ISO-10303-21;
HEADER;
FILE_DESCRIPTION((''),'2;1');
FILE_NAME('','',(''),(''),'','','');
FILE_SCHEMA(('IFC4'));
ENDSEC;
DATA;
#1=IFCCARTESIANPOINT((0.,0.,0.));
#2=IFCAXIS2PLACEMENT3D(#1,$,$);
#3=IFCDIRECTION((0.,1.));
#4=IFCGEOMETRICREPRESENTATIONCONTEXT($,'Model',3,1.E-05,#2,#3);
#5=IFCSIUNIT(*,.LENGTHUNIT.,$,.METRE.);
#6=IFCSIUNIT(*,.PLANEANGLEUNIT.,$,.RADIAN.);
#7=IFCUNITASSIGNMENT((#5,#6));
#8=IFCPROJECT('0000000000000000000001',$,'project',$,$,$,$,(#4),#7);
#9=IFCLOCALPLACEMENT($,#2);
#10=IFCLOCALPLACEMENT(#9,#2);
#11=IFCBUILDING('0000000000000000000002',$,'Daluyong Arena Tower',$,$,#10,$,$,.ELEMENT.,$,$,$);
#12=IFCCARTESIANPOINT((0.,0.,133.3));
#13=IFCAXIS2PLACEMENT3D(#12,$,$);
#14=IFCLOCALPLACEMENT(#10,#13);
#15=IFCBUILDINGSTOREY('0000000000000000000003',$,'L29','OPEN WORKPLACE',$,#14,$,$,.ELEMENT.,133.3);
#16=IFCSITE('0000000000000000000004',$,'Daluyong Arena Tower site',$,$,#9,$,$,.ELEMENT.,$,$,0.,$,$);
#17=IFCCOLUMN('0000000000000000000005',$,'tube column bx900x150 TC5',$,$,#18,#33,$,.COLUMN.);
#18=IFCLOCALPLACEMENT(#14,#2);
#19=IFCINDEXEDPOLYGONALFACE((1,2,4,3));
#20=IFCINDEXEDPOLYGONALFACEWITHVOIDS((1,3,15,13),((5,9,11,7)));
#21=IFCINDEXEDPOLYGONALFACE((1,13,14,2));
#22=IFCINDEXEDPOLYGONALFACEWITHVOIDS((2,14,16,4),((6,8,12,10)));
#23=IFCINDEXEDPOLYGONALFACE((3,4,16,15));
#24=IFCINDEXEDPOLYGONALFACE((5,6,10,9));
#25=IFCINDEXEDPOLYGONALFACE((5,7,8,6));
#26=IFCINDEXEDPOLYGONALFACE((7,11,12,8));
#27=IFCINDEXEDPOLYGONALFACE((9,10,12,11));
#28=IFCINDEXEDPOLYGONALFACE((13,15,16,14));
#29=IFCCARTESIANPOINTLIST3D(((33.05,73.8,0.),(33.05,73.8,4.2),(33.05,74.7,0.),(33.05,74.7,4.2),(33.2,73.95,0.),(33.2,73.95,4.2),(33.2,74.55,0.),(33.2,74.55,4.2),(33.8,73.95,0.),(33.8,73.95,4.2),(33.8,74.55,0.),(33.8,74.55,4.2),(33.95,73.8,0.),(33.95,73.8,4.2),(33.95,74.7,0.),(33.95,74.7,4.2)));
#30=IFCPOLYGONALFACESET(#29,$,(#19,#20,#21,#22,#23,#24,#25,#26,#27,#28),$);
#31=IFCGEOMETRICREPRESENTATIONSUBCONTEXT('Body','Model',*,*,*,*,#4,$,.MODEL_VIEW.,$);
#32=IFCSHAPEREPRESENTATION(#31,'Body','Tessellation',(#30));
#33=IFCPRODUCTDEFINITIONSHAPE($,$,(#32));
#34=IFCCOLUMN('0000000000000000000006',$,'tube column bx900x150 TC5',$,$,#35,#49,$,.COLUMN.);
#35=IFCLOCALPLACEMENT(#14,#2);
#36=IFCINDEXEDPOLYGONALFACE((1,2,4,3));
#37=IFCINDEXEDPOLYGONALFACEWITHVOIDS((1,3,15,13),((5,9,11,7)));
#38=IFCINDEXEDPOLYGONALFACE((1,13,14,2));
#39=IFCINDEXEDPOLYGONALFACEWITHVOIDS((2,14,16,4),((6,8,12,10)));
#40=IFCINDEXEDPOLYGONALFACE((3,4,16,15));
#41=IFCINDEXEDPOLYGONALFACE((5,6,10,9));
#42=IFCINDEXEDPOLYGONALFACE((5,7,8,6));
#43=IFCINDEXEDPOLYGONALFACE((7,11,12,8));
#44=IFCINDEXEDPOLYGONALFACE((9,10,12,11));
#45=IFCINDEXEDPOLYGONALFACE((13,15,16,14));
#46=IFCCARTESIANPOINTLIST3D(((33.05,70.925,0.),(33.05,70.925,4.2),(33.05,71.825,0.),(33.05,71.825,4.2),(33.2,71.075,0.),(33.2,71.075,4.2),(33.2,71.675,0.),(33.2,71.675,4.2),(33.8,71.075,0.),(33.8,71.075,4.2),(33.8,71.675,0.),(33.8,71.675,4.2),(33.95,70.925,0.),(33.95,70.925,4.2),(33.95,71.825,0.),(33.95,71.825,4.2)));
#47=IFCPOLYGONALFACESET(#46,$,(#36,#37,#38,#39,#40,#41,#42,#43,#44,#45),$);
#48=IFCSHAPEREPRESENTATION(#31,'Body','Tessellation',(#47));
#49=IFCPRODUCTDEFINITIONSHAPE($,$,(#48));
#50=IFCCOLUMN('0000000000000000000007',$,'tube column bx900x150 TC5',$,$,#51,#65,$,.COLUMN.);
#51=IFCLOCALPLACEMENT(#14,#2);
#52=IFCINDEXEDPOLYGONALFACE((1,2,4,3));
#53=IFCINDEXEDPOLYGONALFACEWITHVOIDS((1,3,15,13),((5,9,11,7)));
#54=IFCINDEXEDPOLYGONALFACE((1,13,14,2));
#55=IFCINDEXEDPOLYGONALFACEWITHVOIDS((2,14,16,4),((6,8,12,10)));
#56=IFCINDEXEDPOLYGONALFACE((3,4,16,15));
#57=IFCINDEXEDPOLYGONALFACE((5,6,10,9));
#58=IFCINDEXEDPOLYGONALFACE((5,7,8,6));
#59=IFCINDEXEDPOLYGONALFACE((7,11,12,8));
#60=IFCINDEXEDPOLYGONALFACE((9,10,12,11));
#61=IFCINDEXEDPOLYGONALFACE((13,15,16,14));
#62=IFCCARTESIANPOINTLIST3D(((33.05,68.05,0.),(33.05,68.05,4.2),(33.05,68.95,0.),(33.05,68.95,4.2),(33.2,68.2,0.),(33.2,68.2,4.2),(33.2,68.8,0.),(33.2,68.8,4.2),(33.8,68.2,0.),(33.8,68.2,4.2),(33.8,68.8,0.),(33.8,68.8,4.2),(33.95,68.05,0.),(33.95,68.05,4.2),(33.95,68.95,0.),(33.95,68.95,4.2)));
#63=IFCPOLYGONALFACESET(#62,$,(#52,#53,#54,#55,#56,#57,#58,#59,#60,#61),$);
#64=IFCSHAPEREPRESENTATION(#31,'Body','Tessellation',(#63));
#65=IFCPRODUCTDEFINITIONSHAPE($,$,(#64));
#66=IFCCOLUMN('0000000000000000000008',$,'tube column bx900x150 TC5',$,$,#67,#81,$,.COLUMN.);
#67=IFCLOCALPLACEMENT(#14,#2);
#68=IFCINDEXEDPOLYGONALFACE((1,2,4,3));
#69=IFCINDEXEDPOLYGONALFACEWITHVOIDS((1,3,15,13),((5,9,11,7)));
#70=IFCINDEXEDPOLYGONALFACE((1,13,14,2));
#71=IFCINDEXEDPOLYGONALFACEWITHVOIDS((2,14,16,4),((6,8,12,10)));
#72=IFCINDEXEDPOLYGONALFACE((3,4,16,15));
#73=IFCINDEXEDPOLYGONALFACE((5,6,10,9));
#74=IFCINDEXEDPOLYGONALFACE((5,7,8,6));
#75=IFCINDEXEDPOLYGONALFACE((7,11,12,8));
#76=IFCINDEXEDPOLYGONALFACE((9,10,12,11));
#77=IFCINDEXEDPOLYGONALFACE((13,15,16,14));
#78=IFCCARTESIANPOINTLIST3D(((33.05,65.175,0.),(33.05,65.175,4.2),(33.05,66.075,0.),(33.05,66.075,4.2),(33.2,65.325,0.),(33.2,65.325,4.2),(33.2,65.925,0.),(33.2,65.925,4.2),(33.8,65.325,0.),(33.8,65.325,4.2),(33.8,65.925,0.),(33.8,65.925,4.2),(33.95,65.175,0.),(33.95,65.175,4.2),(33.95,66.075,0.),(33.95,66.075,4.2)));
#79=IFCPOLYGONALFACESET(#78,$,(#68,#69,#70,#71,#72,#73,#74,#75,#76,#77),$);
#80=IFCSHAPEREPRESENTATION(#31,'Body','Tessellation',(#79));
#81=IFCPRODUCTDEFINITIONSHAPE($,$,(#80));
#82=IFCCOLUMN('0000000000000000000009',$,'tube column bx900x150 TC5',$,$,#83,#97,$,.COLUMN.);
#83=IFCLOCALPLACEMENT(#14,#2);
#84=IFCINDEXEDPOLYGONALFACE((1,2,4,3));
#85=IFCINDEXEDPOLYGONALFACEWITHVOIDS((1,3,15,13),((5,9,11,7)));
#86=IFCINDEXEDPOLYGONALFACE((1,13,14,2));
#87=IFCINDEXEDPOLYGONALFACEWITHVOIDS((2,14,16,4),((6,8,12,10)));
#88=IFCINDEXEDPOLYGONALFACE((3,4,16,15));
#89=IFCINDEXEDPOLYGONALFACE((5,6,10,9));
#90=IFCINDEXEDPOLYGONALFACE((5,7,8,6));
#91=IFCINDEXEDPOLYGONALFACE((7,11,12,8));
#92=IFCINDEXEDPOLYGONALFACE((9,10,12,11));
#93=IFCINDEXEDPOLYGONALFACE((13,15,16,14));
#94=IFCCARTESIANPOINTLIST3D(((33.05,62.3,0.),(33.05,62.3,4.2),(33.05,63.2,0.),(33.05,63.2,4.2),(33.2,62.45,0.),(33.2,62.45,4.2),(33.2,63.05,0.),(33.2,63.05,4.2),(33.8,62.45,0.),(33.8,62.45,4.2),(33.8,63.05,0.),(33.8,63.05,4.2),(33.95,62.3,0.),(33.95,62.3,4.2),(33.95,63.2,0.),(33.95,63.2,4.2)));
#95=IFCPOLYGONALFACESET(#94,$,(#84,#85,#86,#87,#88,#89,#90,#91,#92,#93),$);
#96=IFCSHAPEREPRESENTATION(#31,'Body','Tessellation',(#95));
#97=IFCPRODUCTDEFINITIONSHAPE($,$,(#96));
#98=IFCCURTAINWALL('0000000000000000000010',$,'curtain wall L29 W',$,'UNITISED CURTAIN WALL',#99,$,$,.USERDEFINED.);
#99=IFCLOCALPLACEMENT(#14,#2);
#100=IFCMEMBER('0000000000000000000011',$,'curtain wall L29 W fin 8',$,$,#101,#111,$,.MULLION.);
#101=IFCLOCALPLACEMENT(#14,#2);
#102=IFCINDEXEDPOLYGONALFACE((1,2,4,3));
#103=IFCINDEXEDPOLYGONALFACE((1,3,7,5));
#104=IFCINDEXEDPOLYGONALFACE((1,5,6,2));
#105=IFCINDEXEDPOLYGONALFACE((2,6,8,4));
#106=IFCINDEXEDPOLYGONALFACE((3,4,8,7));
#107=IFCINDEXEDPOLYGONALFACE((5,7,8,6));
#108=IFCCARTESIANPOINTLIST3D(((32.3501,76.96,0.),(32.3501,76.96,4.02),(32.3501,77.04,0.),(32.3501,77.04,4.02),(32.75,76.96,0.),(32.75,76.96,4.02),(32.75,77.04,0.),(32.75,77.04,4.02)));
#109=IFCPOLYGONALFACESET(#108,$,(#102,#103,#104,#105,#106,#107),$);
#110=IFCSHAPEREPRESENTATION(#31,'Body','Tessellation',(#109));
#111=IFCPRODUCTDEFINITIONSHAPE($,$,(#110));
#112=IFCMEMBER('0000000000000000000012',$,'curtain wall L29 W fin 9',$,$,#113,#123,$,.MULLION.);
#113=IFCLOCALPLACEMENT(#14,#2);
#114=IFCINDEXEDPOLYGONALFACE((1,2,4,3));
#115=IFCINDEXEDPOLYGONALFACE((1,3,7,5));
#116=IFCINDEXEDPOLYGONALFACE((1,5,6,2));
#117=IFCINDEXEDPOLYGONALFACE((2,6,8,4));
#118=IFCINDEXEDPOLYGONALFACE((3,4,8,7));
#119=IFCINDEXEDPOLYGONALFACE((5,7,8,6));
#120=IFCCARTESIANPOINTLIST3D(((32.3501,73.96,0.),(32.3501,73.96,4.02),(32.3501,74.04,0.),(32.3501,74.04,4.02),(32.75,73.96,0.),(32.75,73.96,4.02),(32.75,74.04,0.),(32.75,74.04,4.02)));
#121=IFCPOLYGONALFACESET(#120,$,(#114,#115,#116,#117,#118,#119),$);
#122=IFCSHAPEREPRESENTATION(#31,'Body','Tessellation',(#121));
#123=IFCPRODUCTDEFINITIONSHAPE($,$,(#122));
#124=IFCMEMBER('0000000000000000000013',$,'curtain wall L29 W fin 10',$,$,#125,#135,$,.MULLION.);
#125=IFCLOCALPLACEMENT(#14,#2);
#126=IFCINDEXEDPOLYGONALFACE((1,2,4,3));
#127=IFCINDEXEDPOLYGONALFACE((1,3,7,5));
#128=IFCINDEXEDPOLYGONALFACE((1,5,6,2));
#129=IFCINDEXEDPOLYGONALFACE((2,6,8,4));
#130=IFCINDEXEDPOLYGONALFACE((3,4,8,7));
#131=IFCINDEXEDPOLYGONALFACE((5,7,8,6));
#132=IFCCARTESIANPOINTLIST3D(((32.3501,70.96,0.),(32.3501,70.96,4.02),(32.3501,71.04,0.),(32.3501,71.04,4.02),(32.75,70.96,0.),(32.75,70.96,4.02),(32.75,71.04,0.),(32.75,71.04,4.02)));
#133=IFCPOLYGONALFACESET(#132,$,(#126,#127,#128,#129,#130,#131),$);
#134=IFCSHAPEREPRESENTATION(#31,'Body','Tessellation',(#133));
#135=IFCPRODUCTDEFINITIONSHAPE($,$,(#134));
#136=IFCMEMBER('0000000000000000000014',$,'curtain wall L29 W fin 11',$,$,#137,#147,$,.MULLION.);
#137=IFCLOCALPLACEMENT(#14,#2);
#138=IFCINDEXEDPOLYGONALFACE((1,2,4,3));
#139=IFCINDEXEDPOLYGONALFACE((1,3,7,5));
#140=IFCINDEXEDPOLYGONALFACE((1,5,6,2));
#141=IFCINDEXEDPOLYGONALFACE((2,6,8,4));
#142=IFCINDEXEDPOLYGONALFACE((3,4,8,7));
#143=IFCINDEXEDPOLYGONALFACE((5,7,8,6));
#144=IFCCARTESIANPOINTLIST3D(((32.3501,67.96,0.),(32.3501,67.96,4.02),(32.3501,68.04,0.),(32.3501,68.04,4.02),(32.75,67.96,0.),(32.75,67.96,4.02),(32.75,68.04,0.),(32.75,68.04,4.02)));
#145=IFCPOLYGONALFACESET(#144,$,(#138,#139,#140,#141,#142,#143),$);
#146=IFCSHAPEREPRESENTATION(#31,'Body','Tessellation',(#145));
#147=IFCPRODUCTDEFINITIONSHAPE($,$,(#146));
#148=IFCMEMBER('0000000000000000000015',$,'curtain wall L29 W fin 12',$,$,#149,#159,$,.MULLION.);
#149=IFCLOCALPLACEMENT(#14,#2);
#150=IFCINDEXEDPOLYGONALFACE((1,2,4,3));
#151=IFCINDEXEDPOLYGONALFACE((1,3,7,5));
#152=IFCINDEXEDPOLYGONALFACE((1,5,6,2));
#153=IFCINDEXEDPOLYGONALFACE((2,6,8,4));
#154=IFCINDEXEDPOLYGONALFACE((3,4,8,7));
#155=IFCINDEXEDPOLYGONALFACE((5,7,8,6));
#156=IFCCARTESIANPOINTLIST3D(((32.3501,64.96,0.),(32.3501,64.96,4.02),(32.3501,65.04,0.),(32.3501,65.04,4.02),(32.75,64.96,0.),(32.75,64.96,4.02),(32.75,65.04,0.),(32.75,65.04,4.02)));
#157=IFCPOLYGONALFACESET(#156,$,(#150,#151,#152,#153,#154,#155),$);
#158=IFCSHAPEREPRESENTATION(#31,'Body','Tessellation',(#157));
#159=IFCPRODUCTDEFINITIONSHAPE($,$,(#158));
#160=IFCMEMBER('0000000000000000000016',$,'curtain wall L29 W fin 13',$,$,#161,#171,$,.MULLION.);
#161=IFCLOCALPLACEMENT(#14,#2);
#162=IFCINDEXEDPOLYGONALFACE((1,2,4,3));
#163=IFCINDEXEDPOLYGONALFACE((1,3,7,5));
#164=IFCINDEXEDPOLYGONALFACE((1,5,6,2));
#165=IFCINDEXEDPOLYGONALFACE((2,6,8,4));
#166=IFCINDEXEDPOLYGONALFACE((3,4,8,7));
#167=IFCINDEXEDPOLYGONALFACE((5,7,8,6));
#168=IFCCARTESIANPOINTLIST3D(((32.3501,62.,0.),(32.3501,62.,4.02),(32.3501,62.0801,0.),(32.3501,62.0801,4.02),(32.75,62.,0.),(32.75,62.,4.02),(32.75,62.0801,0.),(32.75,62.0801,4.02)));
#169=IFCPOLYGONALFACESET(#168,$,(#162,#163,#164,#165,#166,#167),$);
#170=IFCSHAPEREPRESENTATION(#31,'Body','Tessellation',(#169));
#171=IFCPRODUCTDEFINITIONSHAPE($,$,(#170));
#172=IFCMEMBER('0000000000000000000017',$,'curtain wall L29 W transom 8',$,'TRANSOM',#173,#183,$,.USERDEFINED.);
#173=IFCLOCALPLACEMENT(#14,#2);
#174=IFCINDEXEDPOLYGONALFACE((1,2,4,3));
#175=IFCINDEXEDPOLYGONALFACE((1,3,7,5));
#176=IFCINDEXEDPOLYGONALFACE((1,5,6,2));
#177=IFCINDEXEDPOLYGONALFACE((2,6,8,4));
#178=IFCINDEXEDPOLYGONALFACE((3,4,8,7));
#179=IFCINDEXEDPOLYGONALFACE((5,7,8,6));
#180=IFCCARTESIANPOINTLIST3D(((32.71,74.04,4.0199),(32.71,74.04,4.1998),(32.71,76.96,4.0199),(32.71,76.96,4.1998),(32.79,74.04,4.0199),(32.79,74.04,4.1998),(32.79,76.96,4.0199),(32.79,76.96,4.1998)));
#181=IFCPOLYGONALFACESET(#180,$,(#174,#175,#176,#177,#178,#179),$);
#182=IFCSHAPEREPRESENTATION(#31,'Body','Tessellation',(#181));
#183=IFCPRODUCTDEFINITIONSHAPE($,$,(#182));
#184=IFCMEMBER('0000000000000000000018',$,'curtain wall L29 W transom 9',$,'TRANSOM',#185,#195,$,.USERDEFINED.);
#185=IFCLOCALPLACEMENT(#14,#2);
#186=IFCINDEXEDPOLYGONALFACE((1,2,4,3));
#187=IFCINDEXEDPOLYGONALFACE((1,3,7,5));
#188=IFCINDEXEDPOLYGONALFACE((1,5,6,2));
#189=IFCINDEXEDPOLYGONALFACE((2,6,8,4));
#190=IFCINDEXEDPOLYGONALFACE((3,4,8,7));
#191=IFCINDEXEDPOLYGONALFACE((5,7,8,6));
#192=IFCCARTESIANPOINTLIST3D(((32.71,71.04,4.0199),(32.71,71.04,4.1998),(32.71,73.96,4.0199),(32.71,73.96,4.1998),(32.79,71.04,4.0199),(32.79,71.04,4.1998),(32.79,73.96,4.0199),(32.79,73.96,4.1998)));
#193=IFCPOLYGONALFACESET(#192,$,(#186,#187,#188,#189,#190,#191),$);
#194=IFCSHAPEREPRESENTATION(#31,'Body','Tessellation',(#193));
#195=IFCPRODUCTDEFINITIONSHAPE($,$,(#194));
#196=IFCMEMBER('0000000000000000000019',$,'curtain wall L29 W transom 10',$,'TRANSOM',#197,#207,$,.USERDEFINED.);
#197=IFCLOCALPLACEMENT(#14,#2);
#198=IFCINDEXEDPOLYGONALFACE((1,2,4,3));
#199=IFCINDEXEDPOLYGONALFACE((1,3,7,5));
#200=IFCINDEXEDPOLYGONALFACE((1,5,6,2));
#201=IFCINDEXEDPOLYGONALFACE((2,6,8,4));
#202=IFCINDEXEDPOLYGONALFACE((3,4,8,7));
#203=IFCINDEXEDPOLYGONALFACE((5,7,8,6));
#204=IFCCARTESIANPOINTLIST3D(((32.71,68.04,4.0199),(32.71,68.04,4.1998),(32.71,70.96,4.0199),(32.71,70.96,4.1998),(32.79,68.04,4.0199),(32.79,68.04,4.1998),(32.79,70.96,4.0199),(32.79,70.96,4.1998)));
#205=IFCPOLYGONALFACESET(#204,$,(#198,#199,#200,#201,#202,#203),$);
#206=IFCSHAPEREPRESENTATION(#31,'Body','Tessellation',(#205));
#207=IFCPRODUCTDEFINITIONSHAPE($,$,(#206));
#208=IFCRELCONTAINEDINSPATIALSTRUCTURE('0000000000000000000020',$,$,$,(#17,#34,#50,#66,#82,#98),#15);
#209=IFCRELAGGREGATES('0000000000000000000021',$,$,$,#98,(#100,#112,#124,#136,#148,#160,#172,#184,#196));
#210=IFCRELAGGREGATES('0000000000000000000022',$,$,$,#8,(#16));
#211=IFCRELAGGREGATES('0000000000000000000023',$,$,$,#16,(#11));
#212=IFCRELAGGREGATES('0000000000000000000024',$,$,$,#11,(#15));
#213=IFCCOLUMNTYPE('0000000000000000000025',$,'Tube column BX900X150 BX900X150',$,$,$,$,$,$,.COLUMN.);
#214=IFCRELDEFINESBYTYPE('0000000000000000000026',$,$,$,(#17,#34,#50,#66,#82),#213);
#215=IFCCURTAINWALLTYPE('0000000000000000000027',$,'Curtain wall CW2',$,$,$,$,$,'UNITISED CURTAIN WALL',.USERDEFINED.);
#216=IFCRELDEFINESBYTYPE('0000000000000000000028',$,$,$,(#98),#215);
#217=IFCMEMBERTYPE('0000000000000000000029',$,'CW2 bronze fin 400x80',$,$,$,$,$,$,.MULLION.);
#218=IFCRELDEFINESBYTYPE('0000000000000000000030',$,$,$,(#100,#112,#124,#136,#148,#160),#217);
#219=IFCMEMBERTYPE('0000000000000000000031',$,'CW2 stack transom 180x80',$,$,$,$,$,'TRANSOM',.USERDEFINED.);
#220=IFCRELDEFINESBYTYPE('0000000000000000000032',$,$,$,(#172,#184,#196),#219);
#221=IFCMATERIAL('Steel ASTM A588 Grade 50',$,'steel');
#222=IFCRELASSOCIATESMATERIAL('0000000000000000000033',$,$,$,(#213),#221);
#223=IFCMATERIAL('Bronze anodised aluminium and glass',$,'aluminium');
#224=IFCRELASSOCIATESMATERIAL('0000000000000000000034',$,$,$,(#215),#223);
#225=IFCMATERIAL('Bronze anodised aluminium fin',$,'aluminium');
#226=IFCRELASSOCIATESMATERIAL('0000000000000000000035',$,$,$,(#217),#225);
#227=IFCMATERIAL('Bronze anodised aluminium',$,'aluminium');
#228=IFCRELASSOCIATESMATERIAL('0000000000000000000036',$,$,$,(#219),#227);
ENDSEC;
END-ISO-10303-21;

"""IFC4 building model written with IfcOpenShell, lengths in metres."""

from ifc_helpers import new_model, si_unit, direction, frame, origin, origin_2d, place, context, subcontext, project, spatial, rectangle, hollow_rectangle, extrude, material, material_profile, profile_set, type_object, element, aggregate, save


model = new_model("IFC4")

# Units and contexts
model_context = context("Model", 3, precision=1e-05, world=origin(), true_north=direction((0.0, 1.0)))
body_context = subcontext(model_context, "Body", "Model", "MODEL_VIEW")
ifc_project = project(units=[si_unit("LENGTHUNIT", "METRE"), si_unit("PLANEANGLEUNIT", "RADIAN")], contexts=[model_context])

# Site, building, storey
site_placement = place(None, origin())
site = spatial("IfcSite", under=ifc_project, at=site_placement, Name="Daluyong Arena Tower site", CompositionType="ELEMENT", RefElevation=0.0)
building_placement = place(site_placement, origin())
building = spatial("IfcBuilding", under=site, at=building_placement, Name="Daluyong Arena Tower", CompositionType="ELEMENT")
storey_placement = place(building_placement, frame((0.0, 0.0, 133.3)))
storey = spatial("IfcBuildingStorey", under=building, at=storey_placement, Name="L29", Description="OPEN WORKPLACE", CompositionType="ELEMENT", Elevation=133.3)

# Columns
ifc_material_1 = material(Name="Steel ASTM A588 Grade 50", Category="steel")
ifc_material_profile_1 = material_profile(ifc_material_1, hollow_rectangle(XDim=0.8999, YDim=0.8999, WallThickness=0.15, at=origin_2d()))
ifc_profile_set_1 = profile_set([ifc_material_profile_1], Name="Steel ASTM A588 Grade 50")
column_type = type_object("IfcColumnType", Name="Tube column BX900X150 BX900X150", PredefinedType="COLUMN", material=ifc_profile_set_1)
for number, where, z_axis, x_axis, name in (
    (1, (33.5, 74.25, 0.0), (0.0, 0.0, 1.0), (0.0, 1.0, 0.0), "tube column bx900x150 TC5"),
    (2, (33.5, 71.375, 0.0), (0.0, 0.0, 1.0), (0.0, 1.0, 0.0), "tube column bx900x150 TC5"),
    (3, (33.5, 68.5, 0.0), (0.0, 0.0, 1.0), (0.0, 1.0, 0.0), "tube column bx900x150 TC5"),
    (4, (33.5, 65.625, 0.0), (0.0, 0.0, 1.0), (0.0, 1.0, 0.0), "tube column bx900x150 TC5"),
    (5, (33.5, 62.75, 0.0), (0.0, 0.0, 1.0), (1.0, 0.0, 0.0), "tube column bx900x150 TC5"),
):
    element("IfcColumn", number, at=place(storey_placement, frame(where, z_axis=z_axis, x_axis=x_axis)), inside=storey, type_object=column_type, Name=name, PredefinedType="COLUMN", context=body_context, shape_type="SweptSolid", body=[
        extrude(hollow_rectangle(XDim=0.8999, YDim=0.8999, WallThickness=0.15, at=origin_2d()), origin(), (0.0, 0.0, 1.0), 4.2),
    ])

# Curtain wall, members
ifc_material_2 = material(Name="Bronze anodised aluminium and glass", Category="aluminium")
curtain_wall_type_1 = type_object("IfcCurtainWallType", Name="Curtain wall CW2", ElementType="UNITISED CURTAIN WALL", PredefinedType="USERDEFINED", material=ifc_material_2)
curtain_wall_1_placement = place(storey_placement, origin())
curtain_wall_1 = element("IfcCurtainWall", 6, at=curtain_wall_1_placement, inside=storey, type_object=curtain_wall_type_1, Name="curtain wall L29 W", ObjectType="UNITISED CURTAIN WALL", PredefinedType="USERDEFINED")
ifc_material_3 = material(Name="Bronze anodised aluminium fin", Category="aluminium")
ifc_material_profile_2 = material_profile(ifc_material_3, rectangle(XDim=0.3999, YDim=0.0801, at=origin_2d()))
ifc_profile_set_2 = profile_set([ifc_material_profile_2], Name="Bronze anodised aluminium fin")
member_type_1 = type_object("IfcMemberType", Name="CW2 bronze fin 400x80", PredefinedType="MULLION", material=ifc_profile_set_2)
member_1_placement = place(storey_placement, frame((32.55, 77.0, 0.0), z_axis=(0.0, 0.0, 1.0), x_axis=(1.0, 0.0, 0.0)))
member_1 = element("IfcMember", 7, at=member_1_placement, type_object=member_type_1, Name="curtain wall L29 W fin 8", PredefinedType="MULLION", context=body_context, shape_type="SweptSolid", body=[
    extrude(rectangle(XDim=0.3999, YDim=0.0801, at=origin_2d()), origin(), (0.0, 0.0, 1.0), 4.02),
])
member_2_placement = place(storey_placement, frame((32.55, 74.0, 0.0), z_axis=(0.0, 0.0, 1.0), x_axis=(1.0, 0.0, 0.0)))
member_2 = element("IfcMember", 8, at=member_2_placement, type_object=member_type_1, Name="curtain wall L29 W fin 9", PredefinedType="MULLION", context=body_context, shape_type="SweptSolid", body=[
    extrude(rectangle(XDim=0.3999, YDim=0.0801, at=origin_2d()), origin(), (0.0, 0.0, 1.0), 4.02),
])
member_3_placement = place(storey_placement, frame((32.55, 71.0, 0.0), z_axis=(0.0, 0.0, 1.0), x_axis=(1.0, 0.0, 0.0)))
member_3 = element("IfcMember", 9, at=member_3_placement, type_object=member_type_1, Name="curtain wall L29 W fin 10", PredefinedType="MULLION", context=body_context, shape_type="SweptSolid", body=[
    extrude(rectangle(XDim=0.3999, YDim=0.0801, at=origin_2d()), origin(), (0.0, 0.0, 1.0), 4.02),
])
member_4_placement = place(storey_placement, frame((32.55, 68.0, 0.0), z_axis=(0.0, 0.0, 1.0), x_axis=(1.0, 0.0, 0.0)))
member_4 = element("IfcMember", 10, at=member_4_placement, type_object=member_type_1, Name="curtain wall L29 W fin 11", PredefinedType="MULLION", context=body_context, shape_type="SweptSolid", body=[
    extrude(rectangle(XDim=0.3999, YDim=0.0801, at=origin_2d()), origin(), (0.0, 0.0, 1.0), 4.02),
])
member_5_placement = place(storey_placement, frame((32.55, 65.0, 0.0), z_axis=(0.0, 0.0, 1.0), x_axis=(1.0, 0.0, 0.0)))
member_5 = element("IfcMember", 11, at=member_5_placement, type_object=member_type_1, Name="curtain wall L29 W fin 12", PredefinedType="MULLION", context=body_context, shape_type="SweptSolid", body=[
    extrude(rectangle(XDim=0.3999, YDim=0.0801, at=origin_2d()), origin(), (0.0, 0.0, 1.0), 4.02),
])
member_6_placement = place(storey_placement, frame((32.55, 62.04, 0.0), z_axis=(0.0, 0.0, 1.0), x_axis=(1.0, 0.0, 0.0)))
member_6 = element("IfcMember", 12, at=member_6_placement, type_object=member_type_1, Name="curtain wall L29 W fin 13", PredefinedType="MULLION", context=body_context, shape_type="SweptSolid", body=[
    extrude(rectangle(XDim=0.3999, YDim=0.0801, at=origin_2d()), origin(), (0.0, 0.0, 1.0), 4.02),
])
ifc_material_4 = material(Name="Bronze anodised aluminium", Category="aluminium")
ifc_material_profile_3 = material_profile(ifc_material_4, rectangle(XDim=0.0801, YDim=0.1799, at=origin_2d()))
ifc_profile_set_3 = profile_set([ifc_material_profile_3], Name="Bronze anodised aluminium")
member_type_2 = type_object("IfcMemberType", Name="CW2 stack transom 180x80", ElementType="TRANSOM", PredefinedType="USERDEFINED", material=ifc_profile_set_3)
member_7_placement = place(storey_placement, frame((32.75, 76.96, 4.1099), z_axis=(0.0, -1.0, 0.0), x_axis=(1.0, 0.0, 0.0)))
member_7 = element("IfcMember", 13, at=member_7_placement, type_object=member_type_2, Name="curtain wall L29 W transom 8", ObjectType="TRANSOM", PredefinedType="USERDEFINED", context=body_context, shape_type="SweptSolid", body=[
    extrude(rectangle(XDim=0.0801, YDim=0.1799, at=origin_2d()), origin(), (0.0, 0.0, 1.0), 2.9199),
])
member_8_placement = place(storey_placement, frame((32.75, 73.96, 4.1099), z_axis=(0.0, -1.0, 0.0), x_axis=(1.0, 0.0, 0.0)))
member_8 = element("IfcMember", 14, at=member_8_placement, type_object=member_type_2, Name="curtain wall L29 W transom 9", ObjectType="TRANSOM", PredefinedType="USERDEFINED", context=body_context, shape_type="SweptSolid", body=[
    extrude(rectangle(XDim=0.0801, YDim=0.1799, at=origin_2d()), origin(), (0.0, 0.0, 1.0), 2.9199),
])
member_9_placement = place(storey_placement, frame((32.75, 70.96, 4.1099), z_axis=(0.0, -1.0, 0.0), x_axis=(1.0, 0.0, 0.0)))
member_9 = element("IfcMember", 15, at=member_9_placement, type_object=member_type_2, Name="curtain wall L29 W transom 10", ObjectType="TRANSOM", PredefinedType="USERDEFINED", context=body_context, shape_type="SweptSolid", body=[
    extrude(rectangle(XDim=0.0801, YDim=0.1799, at=origin_2d()), origin(), (0.0, 0.0, 1.0), 2.9199),
])

aggregate(curtain_wall_1, [member_1, member_2, member_3, member_4, member_5, member_6, member_7, member_8, member_9])

save(model, "model.ifc")
